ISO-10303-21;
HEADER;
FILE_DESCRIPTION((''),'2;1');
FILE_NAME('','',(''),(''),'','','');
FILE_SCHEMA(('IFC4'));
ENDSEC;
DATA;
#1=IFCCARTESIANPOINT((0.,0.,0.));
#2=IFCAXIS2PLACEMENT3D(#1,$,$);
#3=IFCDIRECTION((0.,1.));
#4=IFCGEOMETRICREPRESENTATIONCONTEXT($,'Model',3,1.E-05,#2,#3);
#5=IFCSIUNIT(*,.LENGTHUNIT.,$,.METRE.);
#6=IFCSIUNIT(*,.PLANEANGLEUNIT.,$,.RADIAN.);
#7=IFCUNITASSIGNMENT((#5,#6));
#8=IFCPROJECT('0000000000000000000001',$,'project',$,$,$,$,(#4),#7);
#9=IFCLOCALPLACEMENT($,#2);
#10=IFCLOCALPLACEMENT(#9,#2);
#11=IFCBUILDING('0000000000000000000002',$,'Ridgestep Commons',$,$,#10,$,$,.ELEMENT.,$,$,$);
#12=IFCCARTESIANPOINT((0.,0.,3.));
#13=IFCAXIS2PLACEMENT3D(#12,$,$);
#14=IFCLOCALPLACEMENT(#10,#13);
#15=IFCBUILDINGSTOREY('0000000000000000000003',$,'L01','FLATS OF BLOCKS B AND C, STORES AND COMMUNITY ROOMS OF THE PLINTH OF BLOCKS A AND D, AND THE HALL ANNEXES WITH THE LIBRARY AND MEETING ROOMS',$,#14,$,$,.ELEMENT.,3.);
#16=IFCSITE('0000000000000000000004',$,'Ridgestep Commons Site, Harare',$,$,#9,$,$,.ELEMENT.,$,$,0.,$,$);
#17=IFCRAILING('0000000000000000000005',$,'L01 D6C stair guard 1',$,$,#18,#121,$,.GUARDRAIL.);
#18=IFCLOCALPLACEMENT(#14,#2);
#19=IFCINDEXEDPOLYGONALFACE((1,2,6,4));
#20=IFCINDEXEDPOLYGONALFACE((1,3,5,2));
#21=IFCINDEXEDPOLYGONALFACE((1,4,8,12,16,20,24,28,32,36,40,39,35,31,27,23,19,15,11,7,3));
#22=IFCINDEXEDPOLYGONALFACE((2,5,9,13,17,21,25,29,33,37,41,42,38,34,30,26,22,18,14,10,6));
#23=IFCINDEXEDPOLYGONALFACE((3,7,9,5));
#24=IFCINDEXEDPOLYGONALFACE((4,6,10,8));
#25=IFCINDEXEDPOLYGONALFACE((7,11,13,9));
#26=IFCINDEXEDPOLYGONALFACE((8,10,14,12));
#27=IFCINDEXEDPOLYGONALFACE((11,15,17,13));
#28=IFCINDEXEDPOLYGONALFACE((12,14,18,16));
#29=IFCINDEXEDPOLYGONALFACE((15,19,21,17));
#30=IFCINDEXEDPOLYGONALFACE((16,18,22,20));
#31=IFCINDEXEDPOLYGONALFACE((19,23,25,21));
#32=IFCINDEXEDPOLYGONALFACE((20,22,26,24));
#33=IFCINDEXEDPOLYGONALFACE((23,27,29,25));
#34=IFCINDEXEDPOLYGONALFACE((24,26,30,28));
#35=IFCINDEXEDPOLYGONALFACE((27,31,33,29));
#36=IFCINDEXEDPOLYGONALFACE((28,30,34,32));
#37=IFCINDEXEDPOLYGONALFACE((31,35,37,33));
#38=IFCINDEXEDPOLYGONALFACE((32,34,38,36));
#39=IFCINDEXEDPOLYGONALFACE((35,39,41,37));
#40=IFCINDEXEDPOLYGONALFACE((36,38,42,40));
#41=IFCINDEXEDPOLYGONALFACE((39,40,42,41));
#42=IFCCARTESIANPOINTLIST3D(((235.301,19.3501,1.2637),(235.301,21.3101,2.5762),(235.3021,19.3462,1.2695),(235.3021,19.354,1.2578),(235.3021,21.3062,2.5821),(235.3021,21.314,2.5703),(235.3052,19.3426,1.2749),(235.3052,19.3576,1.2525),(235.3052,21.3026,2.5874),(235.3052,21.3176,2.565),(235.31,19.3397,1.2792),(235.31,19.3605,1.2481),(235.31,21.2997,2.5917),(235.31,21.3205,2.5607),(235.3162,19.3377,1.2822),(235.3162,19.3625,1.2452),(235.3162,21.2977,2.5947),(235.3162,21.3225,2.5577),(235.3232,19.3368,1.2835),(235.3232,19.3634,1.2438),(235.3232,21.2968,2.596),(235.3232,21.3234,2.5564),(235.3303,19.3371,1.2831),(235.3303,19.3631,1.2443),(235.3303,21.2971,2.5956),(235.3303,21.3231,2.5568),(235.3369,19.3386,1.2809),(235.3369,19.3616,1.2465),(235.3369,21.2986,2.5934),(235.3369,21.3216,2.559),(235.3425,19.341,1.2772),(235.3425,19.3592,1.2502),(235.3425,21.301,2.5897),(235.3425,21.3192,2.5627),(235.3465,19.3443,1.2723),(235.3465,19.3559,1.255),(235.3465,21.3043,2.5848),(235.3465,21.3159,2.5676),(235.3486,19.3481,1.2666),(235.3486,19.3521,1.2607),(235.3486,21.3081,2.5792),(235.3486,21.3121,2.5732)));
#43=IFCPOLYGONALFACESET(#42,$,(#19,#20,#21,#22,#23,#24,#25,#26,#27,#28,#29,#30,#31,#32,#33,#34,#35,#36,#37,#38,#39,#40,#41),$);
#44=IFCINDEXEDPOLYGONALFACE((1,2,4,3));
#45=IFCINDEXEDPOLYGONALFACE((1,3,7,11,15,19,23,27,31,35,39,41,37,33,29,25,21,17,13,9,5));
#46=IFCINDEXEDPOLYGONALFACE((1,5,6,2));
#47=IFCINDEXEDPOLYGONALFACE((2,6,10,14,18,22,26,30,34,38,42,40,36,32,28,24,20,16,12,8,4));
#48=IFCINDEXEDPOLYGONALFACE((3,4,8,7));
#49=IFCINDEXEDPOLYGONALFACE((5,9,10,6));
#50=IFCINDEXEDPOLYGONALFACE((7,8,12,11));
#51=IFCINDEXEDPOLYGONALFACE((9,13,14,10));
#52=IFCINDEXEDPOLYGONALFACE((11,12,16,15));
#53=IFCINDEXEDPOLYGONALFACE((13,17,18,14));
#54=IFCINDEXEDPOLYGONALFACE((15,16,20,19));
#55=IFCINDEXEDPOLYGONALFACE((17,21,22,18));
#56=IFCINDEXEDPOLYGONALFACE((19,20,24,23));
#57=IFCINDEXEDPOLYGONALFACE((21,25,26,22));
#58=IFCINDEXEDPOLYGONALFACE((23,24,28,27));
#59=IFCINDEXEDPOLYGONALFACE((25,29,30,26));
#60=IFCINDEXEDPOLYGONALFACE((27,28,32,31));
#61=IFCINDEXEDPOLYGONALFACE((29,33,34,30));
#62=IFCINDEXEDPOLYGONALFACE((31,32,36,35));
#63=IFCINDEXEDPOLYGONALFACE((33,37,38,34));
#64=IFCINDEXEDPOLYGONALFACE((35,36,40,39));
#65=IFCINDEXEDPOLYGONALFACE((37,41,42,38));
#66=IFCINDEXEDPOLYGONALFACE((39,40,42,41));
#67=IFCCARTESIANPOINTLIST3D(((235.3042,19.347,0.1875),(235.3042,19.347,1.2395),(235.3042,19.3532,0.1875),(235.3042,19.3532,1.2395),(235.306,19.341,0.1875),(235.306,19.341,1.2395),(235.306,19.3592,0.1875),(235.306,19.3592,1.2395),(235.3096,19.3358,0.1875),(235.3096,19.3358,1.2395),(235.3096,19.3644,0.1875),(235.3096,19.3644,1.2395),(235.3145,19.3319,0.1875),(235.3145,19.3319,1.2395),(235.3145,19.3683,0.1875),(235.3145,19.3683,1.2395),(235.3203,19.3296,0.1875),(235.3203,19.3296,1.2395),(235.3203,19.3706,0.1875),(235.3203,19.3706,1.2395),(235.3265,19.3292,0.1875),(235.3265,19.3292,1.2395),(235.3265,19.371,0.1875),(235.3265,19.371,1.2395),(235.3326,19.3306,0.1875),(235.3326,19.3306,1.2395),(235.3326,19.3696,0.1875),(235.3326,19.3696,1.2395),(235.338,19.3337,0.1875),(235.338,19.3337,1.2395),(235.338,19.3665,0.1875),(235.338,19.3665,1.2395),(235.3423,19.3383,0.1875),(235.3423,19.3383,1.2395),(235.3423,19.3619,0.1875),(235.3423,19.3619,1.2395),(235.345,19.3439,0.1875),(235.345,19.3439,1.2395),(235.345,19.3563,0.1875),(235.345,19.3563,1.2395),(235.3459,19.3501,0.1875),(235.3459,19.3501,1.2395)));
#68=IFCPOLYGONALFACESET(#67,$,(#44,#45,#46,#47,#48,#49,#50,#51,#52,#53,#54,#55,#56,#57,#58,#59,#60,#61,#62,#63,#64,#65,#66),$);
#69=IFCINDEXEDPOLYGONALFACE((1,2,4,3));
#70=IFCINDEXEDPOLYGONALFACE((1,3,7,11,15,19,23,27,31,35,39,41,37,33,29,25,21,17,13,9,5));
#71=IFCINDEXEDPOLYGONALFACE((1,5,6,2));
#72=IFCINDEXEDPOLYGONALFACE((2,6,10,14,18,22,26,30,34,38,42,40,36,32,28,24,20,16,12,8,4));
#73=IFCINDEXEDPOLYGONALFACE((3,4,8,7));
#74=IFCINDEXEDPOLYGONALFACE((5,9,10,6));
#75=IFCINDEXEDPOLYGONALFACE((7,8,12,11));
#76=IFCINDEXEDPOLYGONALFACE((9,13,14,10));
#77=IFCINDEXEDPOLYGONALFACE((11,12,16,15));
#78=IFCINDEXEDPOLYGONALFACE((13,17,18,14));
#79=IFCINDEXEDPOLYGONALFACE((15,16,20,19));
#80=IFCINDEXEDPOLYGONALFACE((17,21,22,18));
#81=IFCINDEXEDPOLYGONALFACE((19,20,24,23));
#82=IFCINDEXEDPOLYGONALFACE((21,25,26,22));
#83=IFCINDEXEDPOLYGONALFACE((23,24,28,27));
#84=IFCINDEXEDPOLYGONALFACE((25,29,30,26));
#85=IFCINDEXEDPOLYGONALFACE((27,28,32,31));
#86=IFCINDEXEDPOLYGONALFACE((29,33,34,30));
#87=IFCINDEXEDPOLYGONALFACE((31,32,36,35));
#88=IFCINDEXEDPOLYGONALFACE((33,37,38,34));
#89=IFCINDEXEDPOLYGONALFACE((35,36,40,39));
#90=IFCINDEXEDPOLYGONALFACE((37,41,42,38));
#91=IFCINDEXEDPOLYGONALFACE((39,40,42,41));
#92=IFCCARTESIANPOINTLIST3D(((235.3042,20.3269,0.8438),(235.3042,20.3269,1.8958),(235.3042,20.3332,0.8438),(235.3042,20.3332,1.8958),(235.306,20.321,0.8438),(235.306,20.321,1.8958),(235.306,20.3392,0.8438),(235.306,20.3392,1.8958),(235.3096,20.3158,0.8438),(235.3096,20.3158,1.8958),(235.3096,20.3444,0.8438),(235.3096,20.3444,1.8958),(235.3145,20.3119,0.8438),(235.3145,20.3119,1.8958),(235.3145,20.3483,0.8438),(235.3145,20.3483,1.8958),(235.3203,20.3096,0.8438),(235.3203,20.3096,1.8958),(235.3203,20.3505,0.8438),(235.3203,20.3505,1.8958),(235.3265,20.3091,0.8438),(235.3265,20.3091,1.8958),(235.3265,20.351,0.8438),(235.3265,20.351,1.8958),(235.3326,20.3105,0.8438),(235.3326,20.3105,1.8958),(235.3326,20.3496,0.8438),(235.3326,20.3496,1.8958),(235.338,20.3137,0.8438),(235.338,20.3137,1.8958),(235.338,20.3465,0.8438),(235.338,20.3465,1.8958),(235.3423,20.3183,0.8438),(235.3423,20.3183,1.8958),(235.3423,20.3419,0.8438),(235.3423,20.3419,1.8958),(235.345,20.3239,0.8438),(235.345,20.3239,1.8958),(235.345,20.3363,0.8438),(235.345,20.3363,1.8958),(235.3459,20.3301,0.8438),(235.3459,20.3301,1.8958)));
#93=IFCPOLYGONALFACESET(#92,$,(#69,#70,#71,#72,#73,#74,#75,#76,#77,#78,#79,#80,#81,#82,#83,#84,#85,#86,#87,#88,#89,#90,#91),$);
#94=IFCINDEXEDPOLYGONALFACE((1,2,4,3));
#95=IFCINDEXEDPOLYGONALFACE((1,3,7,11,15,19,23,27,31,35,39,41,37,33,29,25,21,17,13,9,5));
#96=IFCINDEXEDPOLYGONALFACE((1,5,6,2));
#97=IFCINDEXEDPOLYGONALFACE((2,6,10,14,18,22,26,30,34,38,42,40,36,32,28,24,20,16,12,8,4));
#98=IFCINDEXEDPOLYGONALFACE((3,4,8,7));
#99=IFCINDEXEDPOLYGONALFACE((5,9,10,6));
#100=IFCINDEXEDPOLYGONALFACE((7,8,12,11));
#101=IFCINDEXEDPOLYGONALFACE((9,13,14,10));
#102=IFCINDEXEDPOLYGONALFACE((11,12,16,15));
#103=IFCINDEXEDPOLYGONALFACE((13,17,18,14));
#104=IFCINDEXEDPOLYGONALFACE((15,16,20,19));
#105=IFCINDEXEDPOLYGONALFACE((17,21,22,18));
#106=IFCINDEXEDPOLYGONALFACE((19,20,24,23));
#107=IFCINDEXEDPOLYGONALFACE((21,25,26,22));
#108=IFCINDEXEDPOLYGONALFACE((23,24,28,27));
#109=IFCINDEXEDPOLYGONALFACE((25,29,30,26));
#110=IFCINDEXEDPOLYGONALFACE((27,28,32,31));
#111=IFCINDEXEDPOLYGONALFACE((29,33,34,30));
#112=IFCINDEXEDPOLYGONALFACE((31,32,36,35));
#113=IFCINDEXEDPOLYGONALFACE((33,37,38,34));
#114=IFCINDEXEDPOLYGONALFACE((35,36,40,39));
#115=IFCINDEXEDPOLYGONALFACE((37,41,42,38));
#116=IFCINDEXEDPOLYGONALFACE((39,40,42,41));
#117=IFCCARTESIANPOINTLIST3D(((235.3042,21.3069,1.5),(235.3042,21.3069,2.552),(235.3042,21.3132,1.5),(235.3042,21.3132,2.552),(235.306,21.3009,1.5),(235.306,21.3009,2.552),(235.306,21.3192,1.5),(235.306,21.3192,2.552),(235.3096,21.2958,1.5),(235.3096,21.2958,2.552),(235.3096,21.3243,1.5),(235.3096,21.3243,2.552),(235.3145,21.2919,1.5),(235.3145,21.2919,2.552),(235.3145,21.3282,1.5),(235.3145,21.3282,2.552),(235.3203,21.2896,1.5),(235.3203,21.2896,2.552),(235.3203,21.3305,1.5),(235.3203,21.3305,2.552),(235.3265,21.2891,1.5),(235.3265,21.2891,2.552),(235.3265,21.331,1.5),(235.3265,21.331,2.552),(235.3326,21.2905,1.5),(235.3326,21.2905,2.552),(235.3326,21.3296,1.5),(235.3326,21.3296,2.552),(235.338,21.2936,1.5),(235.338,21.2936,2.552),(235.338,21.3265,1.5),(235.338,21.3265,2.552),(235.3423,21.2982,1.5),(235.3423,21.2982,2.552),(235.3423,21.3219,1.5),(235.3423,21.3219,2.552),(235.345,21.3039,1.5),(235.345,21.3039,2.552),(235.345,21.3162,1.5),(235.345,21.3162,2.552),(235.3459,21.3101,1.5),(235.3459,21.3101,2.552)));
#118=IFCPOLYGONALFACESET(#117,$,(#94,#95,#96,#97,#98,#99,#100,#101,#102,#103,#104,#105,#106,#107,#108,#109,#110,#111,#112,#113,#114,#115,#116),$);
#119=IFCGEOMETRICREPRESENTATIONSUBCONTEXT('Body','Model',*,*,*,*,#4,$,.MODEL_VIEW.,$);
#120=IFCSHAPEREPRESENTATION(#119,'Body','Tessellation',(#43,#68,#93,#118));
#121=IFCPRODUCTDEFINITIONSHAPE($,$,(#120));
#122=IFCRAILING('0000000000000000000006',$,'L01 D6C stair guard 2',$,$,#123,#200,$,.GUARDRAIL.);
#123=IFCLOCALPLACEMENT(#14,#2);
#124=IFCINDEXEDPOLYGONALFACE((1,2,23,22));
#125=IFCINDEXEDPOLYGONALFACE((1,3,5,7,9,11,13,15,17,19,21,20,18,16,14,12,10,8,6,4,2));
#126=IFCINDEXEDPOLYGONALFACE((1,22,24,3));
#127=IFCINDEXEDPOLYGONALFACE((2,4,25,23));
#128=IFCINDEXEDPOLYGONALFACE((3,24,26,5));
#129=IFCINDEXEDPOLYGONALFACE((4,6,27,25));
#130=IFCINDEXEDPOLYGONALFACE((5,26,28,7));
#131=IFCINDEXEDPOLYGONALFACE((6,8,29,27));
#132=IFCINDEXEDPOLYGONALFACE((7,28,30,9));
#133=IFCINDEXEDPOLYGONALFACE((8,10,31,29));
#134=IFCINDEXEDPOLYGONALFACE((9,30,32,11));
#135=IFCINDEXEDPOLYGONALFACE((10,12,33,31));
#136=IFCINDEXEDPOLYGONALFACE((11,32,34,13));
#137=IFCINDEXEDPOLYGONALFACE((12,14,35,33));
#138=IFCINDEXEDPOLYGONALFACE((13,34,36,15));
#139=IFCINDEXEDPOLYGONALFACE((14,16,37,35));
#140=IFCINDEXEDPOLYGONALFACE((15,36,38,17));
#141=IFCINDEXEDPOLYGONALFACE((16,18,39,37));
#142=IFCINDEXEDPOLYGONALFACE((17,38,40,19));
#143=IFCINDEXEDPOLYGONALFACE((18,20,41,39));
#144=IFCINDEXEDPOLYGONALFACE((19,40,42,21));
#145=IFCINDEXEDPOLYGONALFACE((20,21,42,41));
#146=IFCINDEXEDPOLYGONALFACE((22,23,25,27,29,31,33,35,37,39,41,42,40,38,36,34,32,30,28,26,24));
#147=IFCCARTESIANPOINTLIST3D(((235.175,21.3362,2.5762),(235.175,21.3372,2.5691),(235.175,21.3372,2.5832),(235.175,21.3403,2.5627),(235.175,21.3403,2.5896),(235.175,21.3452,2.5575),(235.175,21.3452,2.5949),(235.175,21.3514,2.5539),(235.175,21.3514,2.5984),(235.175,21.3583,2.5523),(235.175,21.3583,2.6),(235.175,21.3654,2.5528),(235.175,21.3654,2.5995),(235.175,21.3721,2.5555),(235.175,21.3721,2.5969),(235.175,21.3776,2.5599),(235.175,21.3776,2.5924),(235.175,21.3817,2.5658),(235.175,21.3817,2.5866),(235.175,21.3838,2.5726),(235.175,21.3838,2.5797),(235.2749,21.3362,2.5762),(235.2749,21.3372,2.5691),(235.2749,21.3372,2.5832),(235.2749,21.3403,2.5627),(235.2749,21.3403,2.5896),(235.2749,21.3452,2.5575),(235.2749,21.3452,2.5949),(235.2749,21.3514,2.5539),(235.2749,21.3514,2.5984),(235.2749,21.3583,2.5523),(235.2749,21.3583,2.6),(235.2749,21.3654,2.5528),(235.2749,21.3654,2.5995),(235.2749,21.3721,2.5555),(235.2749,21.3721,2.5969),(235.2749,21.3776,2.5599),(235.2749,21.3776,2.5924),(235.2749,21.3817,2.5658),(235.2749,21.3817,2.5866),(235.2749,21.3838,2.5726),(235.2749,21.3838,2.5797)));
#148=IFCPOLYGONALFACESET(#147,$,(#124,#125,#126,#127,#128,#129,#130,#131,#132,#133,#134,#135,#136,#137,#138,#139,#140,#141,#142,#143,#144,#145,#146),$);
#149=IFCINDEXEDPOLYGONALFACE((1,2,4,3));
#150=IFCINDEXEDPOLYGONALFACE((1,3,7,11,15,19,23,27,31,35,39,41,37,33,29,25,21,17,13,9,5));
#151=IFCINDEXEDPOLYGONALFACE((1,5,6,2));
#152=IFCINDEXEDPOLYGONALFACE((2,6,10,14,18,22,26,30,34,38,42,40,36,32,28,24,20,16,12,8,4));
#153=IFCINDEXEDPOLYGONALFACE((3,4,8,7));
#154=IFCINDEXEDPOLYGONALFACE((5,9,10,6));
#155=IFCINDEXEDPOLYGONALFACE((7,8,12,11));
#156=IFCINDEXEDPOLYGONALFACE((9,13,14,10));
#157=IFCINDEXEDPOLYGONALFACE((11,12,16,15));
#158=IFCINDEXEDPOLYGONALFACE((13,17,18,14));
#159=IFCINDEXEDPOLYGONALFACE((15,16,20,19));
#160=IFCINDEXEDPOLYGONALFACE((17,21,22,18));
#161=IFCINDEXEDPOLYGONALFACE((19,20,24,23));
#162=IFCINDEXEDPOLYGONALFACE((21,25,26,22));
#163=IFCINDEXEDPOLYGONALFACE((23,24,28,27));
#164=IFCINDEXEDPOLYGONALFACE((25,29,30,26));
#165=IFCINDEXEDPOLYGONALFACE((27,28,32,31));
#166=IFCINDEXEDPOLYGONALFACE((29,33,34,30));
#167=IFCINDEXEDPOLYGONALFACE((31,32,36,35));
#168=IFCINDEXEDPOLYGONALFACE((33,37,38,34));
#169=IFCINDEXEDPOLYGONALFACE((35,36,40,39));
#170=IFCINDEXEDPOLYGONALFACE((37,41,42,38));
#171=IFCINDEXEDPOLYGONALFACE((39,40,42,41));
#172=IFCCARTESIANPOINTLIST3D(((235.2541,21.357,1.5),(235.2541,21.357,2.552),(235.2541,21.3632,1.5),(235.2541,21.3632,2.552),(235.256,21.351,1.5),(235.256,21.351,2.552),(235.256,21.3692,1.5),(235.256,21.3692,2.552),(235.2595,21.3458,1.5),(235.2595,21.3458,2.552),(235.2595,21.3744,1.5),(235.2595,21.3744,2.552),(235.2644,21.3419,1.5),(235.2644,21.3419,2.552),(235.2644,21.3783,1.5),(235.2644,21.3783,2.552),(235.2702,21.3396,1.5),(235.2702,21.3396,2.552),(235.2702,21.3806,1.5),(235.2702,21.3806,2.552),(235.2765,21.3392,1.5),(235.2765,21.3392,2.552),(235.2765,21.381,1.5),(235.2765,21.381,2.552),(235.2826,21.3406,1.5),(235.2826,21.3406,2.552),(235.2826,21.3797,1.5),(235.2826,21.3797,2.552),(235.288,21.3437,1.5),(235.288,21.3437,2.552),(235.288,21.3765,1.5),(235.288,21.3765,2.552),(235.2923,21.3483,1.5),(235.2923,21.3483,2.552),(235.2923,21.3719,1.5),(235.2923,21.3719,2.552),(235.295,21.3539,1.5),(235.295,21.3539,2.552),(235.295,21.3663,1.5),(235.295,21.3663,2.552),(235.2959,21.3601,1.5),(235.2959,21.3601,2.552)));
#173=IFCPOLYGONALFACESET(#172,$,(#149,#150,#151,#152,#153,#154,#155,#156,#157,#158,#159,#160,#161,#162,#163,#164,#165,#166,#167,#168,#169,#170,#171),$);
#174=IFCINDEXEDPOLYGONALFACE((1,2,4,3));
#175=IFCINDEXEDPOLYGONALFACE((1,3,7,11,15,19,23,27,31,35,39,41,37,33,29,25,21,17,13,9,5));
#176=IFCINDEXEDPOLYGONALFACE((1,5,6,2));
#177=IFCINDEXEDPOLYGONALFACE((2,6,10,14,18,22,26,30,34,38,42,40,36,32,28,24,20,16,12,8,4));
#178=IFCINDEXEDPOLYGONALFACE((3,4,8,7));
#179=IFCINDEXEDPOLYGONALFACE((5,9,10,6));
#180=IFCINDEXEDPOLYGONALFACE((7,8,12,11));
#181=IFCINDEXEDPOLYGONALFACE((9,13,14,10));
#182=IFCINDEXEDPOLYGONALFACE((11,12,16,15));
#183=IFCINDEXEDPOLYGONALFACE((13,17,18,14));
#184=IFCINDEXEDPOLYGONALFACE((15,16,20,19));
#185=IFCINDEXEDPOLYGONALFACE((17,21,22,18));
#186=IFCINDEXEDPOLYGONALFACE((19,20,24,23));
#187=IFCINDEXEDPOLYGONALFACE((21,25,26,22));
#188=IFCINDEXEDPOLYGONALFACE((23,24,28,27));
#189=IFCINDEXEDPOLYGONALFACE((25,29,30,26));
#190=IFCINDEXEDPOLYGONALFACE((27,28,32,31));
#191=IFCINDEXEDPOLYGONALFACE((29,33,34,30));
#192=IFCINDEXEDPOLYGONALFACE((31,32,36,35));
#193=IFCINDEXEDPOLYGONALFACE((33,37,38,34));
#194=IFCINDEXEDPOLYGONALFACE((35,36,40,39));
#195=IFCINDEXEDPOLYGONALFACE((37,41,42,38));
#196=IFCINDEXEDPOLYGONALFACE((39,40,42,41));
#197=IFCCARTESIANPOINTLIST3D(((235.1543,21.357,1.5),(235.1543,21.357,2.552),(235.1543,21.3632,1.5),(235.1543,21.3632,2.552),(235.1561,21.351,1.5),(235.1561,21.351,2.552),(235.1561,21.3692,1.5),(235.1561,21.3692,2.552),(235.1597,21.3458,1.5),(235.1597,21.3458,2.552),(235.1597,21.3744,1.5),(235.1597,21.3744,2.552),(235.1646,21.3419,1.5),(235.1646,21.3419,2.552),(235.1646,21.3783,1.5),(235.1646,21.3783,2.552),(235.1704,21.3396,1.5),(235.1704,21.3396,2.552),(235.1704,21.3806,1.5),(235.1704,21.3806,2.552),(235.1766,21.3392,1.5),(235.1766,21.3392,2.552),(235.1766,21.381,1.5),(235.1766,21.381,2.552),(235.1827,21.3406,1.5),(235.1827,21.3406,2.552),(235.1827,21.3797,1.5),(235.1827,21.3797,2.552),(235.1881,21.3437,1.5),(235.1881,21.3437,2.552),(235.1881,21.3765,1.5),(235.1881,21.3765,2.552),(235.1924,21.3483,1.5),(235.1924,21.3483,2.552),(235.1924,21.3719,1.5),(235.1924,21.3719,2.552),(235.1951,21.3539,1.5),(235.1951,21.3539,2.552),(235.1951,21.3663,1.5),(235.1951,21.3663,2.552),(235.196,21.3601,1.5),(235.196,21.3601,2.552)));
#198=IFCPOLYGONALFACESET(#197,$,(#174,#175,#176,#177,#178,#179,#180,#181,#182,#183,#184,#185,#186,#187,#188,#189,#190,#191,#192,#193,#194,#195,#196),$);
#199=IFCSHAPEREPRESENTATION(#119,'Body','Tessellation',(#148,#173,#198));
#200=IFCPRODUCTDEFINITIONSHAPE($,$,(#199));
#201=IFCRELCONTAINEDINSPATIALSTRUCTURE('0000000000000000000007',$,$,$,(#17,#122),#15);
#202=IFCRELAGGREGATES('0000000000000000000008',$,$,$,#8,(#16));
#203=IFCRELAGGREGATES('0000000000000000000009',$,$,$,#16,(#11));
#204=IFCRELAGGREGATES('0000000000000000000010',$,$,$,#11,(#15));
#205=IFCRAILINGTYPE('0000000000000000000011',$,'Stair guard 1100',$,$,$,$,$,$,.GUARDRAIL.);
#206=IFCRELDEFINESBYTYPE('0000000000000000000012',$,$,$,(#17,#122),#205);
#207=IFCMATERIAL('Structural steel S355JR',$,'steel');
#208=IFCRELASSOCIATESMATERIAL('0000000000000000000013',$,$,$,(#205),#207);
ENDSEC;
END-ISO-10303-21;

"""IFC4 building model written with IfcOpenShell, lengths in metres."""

from ifc_helpers import new_model, si_unit, direction, frame, origin, origin_2d, place, context, subcontext, project, spatial, circle, extrude, material, type_object, element, save


model = new_model("IFC4")

# Units and contexts
model_context = context("Model", 3, precision=1e-05, world=origin(), true_north=direction((0.0, 1.0)))
body_context = subcontext(model_context, "Body", "Model", "MODEL_VIEW")
ifc_project = project(units=[si_unit("LENGTHUNIT", "METRE"), si_unit("PLANEANGLEUNIT", "RADIAN")], contexts=[model_context])

# Site, building, storey
site_placement = place(None, origin())
site = spatial("IfcSite", under=ifc_project, at=site_placement, Name="Ridgestep Commons Site, Harare", CompositionType="ELEMENT", RefElevation=0.0)
building_placement = place(site_placement, origin())
building = spatial("IfcBuilding", under=site, at=building_placement, Name="Ridgestep Commons", CompositionType="ELEMENT")
storey_placement = place(building_placement, frame((0.0, 0.0, 3.0)))
storey = spatial("IfcBuildingStorey", under=building, at=storey_placement, Name="L01", Description="FLATS OF BLOCKS B AND C, STORES AND COMMUNITY ROOMS OF THE PLINTH OF BLOCKS A AND D, AND THE HALL ANNEXES WITH THE LIBRARY AND MEETING ROOMS", CompositionType="ELEMENT", Elevation=3.0)

# Railings
ifc_material_1 = material(Name="Structural steel S355JR", Category="steel")
railing_type_1 = type_object("IfcRailingType", Name="Stair guard 1100", PredefinedType="GUARDRAIL", material=ifc_material_1)
railing_1_placement = place(storey_placement, frame((235.325, 19.3501, 0.1875)))
element("IfcRailing", 1, at=railing_1_placement, inside=storey, type_object=railing_type_1, Name="L01 D6C stair guard 1", PredefinedType="GUARDRAIL", context=body_context, shape_type="SweptSolid", body=[
    extrude(circle(Radius=0.0239, at=origin_2d()), frame((0.0, 0.0, 1.0762), z_axis=(0.0, 0.830902, 0.556419), x_axis=(-1.0, 0.0, 0.0)), (0.0, 0.0, 1.0), 2.3589),
    extrude(circle(Radius=0.021, at=origin_2d()), origin(), (0.0, 0.0, 1.0), 1.052),
    extrude(circle(Radius=0.021, at=origin_2d()), frame((0.0, 0.98, 0.6562)), (0.0, 0.0, 1.0), 1.052),
    extrude(circle(Radius=0.021, at=origin_2d()), frame((0.0, 1.96, 1.3125)), (0.0, 0.0, 1.0), 1.052),
])
railing_2_placement = place(storey_placement, frame((235.2749, 21.3601, 1.5)))
element("IfcRailing", 2, at=railing_2_placement, inside=storey, type_object=railing_type_1, Name="L01 D6C stair guard 2", PredefinedType="GUARDRAIL", context=body_context, shape_type="SweptSolid", body=[
    extrude(circle(Radius=0.0239, at=origin_2d()), frame((0.0, 0.0, 1.0762), z_axis=(-1.0, 0.0, 0.0), x_axis=(0.0, -1.0, 0.0)), (0.0, 0.0, 1.0), 0.0999),
    extrude(circle(Radius=0.021, at=origin_2d()), origin(), (0.0, 0.0, 1.0), 1.052),
    extrude(circle(Radius=0.021, at=origin_2d()), frame((-0.0999, 0.0, 0.0)), (0.0, 0.0, 1.0), 1.052),
])

save(model, "model.ifc")
